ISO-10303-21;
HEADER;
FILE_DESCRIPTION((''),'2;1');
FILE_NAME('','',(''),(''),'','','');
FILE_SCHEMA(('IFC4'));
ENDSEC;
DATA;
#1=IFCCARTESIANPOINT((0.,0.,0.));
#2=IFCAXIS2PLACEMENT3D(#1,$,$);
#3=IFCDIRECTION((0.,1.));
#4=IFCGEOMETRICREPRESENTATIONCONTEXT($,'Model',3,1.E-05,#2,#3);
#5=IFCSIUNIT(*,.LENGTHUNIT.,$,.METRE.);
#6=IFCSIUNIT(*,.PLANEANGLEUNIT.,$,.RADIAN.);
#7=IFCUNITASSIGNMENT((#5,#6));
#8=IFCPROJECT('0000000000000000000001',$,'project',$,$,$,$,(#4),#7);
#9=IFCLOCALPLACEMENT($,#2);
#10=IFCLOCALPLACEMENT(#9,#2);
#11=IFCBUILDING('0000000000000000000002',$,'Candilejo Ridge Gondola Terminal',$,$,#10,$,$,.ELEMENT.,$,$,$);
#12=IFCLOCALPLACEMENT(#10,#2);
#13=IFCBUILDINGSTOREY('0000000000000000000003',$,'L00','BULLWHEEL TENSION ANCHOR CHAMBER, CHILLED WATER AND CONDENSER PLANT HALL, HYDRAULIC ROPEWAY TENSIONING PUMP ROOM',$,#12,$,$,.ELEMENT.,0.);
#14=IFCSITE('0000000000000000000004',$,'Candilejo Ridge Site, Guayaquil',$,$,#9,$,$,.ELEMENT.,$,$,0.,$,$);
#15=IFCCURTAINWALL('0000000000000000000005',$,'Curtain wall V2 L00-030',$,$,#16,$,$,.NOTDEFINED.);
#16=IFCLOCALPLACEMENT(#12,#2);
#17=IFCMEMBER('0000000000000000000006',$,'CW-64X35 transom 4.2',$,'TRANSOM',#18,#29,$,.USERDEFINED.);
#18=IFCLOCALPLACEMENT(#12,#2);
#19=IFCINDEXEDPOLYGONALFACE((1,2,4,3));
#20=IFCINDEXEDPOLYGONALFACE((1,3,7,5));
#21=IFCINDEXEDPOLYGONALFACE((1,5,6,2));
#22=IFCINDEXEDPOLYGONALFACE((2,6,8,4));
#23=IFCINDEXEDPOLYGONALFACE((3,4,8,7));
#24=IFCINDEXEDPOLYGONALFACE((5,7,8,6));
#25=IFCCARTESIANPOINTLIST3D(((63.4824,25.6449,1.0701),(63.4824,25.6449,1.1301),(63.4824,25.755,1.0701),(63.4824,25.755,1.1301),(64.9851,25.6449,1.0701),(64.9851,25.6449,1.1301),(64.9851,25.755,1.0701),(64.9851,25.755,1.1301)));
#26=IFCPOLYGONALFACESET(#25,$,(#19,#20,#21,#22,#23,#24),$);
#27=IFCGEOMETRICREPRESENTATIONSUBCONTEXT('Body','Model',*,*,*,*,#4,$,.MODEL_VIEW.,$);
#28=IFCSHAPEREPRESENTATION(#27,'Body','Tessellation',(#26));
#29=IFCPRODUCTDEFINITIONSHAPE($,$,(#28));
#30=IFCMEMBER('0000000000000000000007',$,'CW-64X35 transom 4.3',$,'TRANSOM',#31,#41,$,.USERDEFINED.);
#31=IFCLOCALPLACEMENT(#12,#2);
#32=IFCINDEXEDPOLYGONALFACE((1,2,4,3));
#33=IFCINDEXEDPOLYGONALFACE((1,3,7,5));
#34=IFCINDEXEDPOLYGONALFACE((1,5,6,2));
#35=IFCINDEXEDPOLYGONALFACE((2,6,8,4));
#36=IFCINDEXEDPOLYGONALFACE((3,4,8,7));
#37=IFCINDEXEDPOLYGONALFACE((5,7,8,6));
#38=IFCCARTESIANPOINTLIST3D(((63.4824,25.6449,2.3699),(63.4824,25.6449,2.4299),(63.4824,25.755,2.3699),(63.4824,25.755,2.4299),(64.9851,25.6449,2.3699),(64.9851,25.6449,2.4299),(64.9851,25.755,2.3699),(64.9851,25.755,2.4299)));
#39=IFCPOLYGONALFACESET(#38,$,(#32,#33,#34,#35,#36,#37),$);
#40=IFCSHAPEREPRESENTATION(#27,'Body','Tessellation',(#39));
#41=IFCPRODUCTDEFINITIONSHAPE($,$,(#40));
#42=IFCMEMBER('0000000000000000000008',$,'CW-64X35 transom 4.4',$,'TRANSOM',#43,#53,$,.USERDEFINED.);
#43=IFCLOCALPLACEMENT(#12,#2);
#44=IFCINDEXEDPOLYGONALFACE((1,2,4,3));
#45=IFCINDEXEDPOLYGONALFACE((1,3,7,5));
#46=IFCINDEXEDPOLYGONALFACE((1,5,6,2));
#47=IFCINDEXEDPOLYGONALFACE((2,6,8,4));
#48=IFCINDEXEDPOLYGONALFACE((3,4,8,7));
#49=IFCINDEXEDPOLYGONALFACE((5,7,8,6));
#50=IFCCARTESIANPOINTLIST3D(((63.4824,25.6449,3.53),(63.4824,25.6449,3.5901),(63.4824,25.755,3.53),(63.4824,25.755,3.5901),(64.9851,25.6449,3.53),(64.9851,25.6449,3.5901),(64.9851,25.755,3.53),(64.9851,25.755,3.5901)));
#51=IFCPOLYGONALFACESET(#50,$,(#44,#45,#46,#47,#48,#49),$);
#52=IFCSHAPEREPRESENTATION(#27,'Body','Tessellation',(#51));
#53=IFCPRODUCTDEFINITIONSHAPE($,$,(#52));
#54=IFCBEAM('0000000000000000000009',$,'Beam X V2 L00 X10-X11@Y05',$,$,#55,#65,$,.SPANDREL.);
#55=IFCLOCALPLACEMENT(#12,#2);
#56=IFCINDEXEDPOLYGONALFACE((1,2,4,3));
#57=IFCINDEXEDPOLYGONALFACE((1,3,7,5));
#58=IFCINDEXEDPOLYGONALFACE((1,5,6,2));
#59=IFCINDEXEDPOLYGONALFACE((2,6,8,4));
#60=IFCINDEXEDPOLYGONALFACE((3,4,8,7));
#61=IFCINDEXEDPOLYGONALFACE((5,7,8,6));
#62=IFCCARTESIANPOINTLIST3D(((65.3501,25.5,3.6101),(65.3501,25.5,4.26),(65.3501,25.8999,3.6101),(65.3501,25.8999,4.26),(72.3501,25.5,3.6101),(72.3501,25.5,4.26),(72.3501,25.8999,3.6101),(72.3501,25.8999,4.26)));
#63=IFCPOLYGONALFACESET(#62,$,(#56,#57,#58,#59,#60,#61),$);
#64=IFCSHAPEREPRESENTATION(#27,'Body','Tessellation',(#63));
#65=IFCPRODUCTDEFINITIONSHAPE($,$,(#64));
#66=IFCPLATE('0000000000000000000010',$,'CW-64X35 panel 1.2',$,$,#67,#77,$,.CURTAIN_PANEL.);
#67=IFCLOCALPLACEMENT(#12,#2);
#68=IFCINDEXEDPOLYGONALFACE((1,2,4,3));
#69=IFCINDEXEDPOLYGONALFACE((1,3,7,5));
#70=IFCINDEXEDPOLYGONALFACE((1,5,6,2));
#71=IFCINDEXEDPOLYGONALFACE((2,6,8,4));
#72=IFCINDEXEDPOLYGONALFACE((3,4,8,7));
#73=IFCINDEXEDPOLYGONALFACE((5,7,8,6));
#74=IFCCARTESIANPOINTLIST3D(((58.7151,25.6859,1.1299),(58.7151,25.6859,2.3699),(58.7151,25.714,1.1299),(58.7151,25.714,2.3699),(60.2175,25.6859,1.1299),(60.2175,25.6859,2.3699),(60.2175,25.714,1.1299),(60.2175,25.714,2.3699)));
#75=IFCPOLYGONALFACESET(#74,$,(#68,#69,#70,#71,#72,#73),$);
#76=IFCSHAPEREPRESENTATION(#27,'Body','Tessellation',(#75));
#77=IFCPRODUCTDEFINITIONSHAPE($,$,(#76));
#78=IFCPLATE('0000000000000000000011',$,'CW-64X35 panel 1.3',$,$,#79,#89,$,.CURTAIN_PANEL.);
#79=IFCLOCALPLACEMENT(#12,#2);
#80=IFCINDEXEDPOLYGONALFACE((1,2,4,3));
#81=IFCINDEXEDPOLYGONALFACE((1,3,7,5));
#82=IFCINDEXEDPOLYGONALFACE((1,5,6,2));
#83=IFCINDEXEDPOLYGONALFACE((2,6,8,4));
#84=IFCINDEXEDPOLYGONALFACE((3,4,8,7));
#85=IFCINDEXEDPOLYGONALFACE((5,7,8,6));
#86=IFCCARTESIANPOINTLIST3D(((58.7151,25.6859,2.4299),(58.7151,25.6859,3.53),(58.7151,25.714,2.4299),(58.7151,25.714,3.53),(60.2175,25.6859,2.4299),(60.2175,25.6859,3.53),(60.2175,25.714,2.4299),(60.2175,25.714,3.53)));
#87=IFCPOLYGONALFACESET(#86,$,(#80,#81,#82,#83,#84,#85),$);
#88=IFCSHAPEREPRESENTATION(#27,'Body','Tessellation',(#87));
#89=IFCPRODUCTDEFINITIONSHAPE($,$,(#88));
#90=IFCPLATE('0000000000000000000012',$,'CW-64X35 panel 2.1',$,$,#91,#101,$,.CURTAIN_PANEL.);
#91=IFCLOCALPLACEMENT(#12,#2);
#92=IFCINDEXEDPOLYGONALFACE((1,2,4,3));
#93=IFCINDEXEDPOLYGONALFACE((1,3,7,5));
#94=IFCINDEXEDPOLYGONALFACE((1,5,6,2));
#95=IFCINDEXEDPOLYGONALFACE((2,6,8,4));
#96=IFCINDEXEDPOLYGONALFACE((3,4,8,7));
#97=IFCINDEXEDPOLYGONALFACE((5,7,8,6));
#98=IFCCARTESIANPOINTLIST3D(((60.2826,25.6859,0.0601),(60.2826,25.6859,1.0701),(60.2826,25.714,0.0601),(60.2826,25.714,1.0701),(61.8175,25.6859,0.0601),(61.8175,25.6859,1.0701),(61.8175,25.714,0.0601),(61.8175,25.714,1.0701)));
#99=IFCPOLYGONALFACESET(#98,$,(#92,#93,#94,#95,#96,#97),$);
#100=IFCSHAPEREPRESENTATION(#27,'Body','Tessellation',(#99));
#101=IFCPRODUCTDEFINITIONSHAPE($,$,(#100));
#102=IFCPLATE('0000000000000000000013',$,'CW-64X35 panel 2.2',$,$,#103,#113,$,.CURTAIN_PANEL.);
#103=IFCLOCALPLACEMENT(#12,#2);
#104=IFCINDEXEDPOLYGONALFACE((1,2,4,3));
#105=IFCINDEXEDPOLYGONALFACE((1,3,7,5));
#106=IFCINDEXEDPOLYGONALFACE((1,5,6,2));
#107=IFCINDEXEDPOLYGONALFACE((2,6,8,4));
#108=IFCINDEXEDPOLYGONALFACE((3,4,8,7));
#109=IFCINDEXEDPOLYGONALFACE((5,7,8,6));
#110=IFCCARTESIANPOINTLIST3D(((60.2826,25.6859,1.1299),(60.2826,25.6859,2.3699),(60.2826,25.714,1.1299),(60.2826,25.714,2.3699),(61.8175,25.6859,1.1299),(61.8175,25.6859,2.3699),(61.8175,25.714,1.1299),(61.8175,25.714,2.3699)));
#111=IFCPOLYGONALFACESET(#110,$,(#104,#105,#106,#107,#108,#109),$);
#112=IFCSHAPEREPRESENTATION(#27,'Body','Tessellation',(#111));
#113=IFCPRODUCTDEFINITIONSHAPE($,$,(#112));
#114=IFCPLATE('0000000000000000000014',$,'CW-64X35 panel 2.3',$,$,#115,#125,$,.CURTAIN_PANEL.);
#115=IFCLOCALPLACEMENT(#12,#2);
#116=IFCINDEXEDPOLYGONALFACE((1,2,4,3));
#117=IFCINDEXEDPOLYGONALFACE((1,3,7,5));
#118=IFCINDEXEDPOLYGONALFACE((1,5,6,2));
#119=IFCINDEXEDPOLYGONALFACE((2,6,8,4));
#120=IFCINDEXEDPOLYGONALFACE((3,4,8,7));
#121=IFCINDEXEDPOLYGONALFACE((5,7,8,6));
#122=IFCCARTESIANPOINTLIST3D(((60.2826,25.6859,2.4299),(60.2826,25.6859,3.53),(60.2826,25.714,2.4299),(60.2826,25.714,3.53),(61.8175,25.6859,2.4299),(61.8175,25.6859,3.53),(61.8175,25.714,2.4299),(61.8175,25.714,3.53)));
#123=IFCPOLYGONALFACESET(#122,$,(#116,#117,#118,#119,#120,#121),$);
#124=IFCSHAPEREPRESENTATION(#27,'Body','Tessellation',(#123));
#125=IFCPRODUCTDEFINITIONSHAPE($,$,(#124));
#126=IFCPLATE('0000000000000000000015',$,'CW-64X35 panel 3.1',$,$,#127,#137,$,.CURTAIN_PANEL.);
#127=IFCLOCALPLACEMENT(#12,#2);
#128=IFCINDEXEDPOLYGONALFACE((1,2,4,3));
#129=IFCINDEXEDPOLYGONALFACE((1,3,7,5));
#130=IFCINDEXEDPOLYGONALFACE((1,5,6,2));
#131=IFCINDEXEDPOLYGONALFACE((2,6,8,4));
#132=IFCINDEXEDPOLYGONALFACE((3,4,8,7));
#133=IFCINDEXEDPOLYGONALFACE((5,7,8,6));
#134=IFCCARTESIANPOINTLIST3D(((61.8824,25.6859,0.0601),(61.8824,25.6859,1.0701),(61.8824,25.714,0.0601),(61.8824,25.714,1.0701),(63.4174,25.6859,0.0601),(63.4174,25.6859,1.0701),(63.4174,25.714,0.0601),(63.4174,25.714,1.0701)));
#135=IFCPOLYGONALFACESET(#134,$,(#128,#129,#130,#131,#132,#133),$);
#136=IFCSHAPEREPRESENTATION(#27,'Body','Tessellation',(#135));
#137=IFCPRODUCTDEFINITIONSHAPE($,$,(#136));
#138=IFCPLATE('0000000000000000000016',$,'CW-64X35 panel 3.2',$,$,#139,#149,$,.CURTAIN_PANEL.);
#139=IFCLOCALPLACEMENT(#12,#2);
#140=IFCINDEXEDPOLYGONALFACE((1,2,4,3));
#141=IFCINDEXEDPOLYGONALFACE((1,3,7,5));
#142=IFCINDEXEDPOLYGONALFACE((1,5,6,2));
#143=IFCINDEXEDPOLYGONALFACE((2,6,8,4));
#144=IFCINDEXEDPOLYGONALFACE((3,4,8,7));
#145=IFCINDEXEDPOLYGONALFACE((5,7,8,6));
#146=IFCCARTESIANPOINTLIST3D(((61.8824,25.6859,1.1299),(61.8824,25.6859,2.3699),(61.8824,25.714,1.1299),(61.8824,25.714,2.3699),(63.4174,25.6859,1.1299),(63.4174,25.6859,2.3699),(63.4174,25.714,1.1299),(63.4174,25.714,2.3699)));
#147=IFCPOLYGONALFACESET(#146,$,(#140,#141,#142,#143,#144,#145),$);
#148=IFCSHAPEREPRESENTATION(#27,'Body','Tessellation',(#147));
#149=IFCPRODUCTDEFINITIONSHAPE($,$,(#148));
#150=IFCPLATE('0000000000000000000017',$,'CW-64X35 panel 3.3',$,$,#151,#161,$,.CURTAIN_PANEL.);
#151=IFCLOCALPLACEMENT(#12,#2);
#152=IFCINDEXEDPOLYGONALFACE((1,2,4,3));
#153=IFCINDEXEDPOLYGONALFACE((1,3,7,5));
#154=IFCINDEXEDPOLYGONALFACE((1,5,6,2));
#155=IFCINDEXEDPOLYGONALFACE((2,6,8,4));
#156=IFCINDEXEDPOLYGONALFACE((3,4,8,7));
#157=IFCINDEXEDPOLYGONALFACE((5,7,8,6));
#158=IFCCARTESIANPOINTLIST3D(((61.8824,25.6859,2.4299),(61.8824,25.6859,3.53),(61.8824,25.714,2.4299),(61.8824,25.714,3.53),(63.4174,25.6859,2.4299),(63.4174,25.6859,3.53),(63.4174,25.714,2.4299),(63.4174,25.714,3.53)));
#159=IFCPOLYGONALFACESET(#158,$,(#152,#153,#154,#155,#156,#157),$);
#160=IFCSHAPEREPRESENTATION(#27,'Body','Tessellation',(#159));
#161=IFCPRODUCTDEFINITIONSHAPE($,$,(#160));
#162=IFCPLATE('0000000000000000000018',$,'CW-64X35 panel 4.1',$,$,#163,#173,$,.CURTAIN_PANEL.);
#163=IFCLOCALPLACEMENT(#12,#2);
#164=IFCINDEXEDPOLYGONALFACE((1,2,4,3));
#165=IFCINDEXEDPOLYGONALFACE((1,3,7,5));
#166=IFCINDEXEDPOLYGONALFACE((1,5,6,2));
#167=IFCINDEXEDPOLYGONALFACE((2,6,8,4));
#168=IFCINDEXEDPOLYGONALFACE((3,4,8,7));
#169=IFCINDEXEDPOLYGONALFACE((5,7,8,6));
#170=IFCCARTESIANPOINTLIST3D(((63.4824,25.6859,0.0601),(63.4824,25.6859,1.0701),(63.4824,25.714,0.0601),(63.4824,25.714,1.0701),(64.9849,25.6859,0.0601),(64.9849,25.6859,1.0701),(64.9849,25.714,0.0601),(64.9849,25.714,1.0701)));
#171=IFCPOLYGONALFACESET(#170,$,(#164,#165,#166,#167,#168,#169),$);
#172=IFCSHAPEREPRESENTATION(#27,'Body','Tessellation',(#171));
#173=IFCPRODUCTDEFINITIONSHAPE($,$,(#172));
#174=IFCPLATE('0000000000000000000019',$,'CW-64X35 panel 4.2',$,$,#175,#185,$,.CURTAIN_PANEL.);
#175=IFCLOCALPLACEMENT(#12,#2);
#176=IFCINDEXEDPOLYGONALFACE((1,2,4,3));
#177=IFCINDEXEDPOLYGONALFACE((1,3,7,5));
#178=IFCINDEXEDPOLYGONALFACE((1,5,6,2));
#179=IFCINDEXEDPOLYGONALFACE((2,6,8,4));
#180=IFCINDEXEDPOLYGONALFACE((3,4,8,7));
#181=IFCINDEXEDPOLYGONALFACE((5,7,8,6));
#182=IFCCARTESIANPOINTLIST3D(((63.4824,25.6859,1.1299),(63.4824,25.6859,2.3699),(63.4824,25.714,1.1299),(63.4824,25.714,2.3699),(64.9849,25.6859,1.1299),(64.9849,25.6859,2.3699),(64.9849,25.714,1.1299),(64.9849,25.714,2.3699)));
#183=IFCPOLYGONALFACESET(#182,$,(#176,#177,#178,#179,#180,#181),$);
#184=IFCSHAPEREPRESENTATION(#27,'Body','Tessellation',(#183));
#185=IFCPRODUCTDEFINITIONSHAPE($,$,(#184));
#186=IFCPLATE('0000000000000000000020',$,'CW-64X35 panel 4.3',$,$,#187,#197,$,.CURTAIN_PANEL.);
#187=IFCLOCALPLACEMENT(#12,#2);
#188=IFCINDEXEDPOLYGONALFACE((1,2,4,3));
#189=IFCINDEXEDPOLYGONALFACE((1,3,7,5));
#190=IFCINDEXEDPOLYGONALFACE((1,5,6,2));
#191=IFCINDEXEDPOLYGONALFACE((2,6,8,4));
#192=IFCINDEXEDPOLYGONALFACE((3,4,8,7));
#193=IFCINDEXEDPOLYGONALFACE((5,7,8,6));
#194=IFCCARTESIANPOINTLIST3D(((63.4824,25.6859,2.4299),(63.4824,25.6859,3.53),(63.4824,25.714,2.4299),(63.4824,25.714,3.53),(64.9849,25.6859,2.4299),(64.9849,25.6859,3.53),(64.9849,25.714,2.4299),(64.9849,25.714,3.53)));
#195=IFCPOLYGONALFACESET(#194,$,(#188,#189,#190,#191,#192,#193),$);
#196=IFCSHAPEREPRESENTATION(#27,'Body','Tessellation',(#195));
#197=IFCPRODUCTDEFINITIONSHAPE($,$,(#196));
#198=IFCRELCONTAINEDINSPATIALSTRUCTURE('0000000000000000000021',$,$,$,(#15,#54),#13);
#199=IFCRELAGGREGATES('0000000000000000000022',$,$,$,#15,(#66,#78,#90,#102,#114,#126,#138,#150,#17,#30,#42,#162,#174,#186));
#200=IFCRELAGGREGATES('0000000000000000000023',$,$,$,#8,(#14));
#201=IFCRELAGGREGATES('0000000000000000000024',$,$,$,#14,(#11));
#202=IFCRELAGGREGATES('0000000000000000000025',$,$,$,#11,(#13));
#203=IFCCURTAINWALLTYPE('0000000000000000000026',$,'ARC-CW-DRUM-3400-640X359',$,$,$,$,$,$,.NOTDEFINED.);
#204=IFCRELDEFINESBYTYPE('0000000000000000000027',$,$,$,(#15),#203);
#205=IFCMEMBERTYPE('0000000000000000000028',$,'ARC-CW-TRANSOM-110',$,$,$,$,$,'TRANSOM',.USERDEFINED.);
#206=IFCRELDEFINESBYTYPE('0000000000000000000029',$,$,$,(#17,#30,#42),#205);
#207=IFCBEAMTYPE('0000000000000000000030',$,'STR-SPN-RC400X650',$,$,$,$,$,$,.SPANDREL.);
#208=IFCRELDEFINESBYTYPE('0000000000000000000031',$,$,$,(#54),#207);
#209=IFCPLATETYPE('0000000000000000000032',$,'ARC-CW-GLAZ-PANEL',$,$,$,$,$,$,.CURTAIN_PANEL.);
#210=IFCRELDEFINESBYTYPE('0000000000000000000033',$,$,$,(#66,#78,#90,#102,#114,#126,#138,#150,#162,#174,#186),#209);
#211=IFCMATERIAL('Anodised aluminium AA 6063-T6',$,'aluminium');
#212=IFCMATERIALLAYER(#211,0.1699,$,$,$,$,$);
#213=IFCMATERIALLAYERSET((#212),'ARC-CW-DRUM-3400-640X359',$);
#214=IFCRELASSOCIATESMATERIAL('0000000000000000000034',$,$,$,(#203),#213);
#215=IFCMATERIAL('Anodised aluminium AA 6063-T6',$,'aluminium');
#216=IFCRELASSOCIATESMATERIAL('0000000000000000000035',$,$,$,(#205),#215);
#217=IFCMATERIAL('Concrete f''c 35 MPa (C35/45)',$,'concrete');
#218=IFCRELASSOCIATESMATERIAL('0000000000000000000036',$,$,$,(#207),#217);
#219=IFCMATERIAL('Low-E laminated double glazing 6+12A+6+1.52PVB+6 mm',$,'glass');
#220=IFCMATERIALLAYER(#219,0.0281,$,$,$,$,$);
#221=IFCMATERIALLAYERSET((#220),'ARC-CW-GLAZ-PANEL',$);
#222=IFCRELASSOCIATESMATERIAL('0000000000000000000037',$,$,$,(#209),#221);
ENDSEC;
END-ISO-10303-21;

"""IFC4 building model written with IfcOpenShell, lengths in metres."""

from ifc_helpers import new_model, si_unit, direction, frame, origin, origin_2d, place, context, subcontext, project, spatial, rectangle, extrude, material, layer, layer_set, material_profile, profile_set, type_object, element, aggregate, save


model = new_model("IFC4")

# Units and contexts
model_context = context("Model", 3, precision=1e-05, world=origin(), true_north=direction((0.0, 1.0)))
body_context = subcontext(model_context, "Body", "Model", "MODEL_VIEW")
ifc_project = project(units=[si_unit("LENGTHUNIT", "METRE"), si_unit("PLANEANGLEUNIT", "RADIAN")], contexts=[model_context])

# Site, building, storey
site_placement = place(None, origin())
site = spatial("IfcSite", under=ifc_project, at=site_placement, Name="Candilejo Ridge Site, Guayaquil", CompositionType="ELEMENT", RefElevation=0.0)
building_placement = place(site_placement, origin())
building = spatial("IfcBuilding", under=site, at=building_placement, Name="Candilejo Ridge Gondola Terminal", CompositionType="ELEMENT")
storey_placement = place(building_placement, origin())
storey = spatial("IfcBuildingStorey", under=building, at=storey_placement, Name="L00", Description="BULLWHEEL TENSION ANCHOR CHAMBER, CHILLED WATER AND CONDENSER PLANT HALL, HYDRAULIC ROPEWAY TENSIONING PUMP ROOM", CompositionType="ELEMENT", Elevation=0.0)

# Curtain wall, members
ifc_material_1 = material(Name="Anodised aluminium AA 6063-T6", Category="aluminium")
ifc_layer_1 = layer(ifc_material_1, 0.1699)
ifc_layer_set_1 = layer_set([ifc_layer_1], Name="ARC-CW-DRUM-3400-640X359")
curtain_wall_type = type_object("IfcCurtainWallType", Name="ARC-CW-DRUM-3400-640X359", PredefinedType="NOTDEFINED", material=ifc_layer_set_1)
curtain_wall_placement = place(storey_placement, origin())
curtain_wall = element("IfcCurtainWall", 1, at=curtain_wall_placement, inside=storey, type_object=curtain_wall_type, Name="Curtain wall V2 L00-030", PredefinedType="NOTDEFINED")
ifc_material_2 = material(Name="Anodised aluminium AA 6063-T6", Category="aluminium")
ifc_material_profile_1 = material_profile(ifc_material_2, rectangle(XDim=0.1101, YDim=0.0601, at=origin_2d()))
ifc_profile_set_1 = profile_set([ifc_material_profile_1], Name="Anodised aluminium AA 6063-T6")
member_type_1 = type_object("IfcMemberType", Name="ARC-CW-TRANSOM-110", ElementType="TRANSOM", PredefinedType="USERDEFINED", material=ifc_profile_set_1)
member_1_placement = place(storey_placement, frame((63.4824, 25.7, 1.1001), z_axis=(1.0, 0.0, 0.0), x_axis=(0.0, 1.0, 0.0)))
member_1 = element("IfcMember", 2, at=member_1_placement, type_object=member_type_1, Name="CW-64X35 transom 4.2", ObjectType="TRANSOM", PredefinedType="USERDEFINED", context=body_context, shape_type="SweptSolid", body=[
    extrude(rectangle(XDim=0.1101, YDim=0.0601, at=origin_2d()), origin(), (0.0, 0.0, 1.0), 1.5027),
])
member_2_placement = place(storey_placement, frame((63.4824, 25.7, 2.3999), z_axis=(1.0, 0.0, 0.0), x_axis=(0.0, 1.0, 0.0)))
member_2 = element("IfcMember", 3, at=member_2_placement, type_object=member_type_1, Name="CW-64X35 transom 4.3", ObjectType="TRANSOM", PredefinedType="USERDEFINED", context=body_context, shape_type="SweptSolid", body=[
    extrude(rectangle(XDim=0.1101, YDim=0.0601, at=origin_2d()), origin(), (0.0, 0.0, 1.0), 1.5027),
])
member_3_placement = place(storey_placement, frame((63.4824, 25.7, 3.5601), z_axis=(1.0, 0.0, 0.0), x_axis=(0.0, 1.0, 0.0)))
member_3 = element("IfcMember", 4, at=member_3_placement, type_object=member_type_1, Name="CW-64X35 transom 4.4", ObjectType="TRANSOM", PredefinedType="USERDEFINED", context=body_context, shape_type="SweptSolid", body=[
    extrude(rectangle(XDim=0.1101, YDim=0.0601, at=origin_2d()), origin(), (0.0, 0.0, 1.0), 1.5027),
])

# Beam
ifc_material_3 = material(Name="Concrete f'c 35 MPa (C35/45)", Category="concrete")
ifc_material_profile_2 = material_profile(ifc_material_3, rectangle(XDim=0.3999, YDim=0.6499, at=origin_2d()))
ifc_profile_set_2 = profile_set([ifc_material_profile_2], Name="Concrete f'c 35 MPa (C35/45)")
beam_type = type_object("IfcBeamType", Name="STR-SPN-RC400X650", PredefinedType="SPANDREL", material=ifc_profile_set_2)
beam_placement = place(storey_placement, frame((65.3501, 25.7, 3.9351), z_axis=(1.0, 0.0, 0.0), x_axis=(0.0, 1.0, 0.0)))
element("IfcBeam", 5, at=beam_placement, inside=storey, type_object=beam_type, Name="Beam X V2 L00 X10-X11@Y05", PredefinedType="SPANDREL", context=body_context, shape_type="SweptSolid", body=[
    extrude(rectangle(XDim=0.3999, YDim=0.6499, at=origin_2d()), origin(), (0.0, 0.0, 1.0), 7.0),
])

# Plates
ifc_material_4 = material(Name="Low-E laminated double glazing 6+12A+6+1.52PVB+6 mm", Category="glass")
ifc_layer_2 = layer(ifc_material_4, 0.0281)
ifc_layer_set_2 = layer_set([ifc_layer_2], Name="ARC-CW-GLAZ-PANEL")
plate_type = type_object("IfcPlateType", Name="ARC-CW-GLAZ-PANEL", PredefinedType="CURTAIN_PANEL", material=ifc_layer_set_2)
plate_1_placement = place(storey_placement, frame((59.4663, 25.7, 1.1299), z_axis=(0.0, 0.0, 1.0), x_axis=(1.0, 0.0, 0.0)))
plate_1 = element("IfcPlate", 6, at=plate_1_placement, type_object=plate_type, Name="CW-64X35 panel 1.2", PredefinedType="CURTAIN_PANEL", context=body_context, shape_type="SweptSolid", body=[
    extrude(rectangle(XDim=1.5024, YDim=0.0281, at=origin_2d()), origin(), (0.0, 0.0, 1.0), 1.24),
])
plate_2_placement = place(storey_placement, frame((59.4663, 25.7, 2.4299), z_axis=(0.0, 0.0, 1.0), x_axis=(1.0, 0.0, 0.0)))
plate_2 = element("IfcPlate", 7, at=plate_2_placement, type_object=plate_type, Name="CW-64X35 panel 1.3", PredefinedType="CURTAIN_PANEL", context=body_context, shape_type="SweptSolid", body=[
    extrude(rectangle(XDim=1.5024, YDim=0.0281, at=origin_2d()), origin(), (0.0, 0.0, 1.0), 1.1001),
])
plate_3_placement = place(storey_placement, frame((61.05, 25.7, 0.0601), z_axis=(0.0, 0.0, 1.0), x_axis=(1.0, 0.0, 0.0)))
plate_3 = element("IfcPlate", 8, at=plate_3_placement, type_object=plate_type, Name="CW-64X35 panel 2.1", PredefinedType="CURTAIN_PANEL", context=body_context, shape_type="SweptSolid", body=[
    extrude(rectangle(XDim=1.5349, YDim=0.0281, at=origin_2d()), origin(), (0.0, 0.0, 1.0), 1.01),
])
plate_4_placement = place(storey_placement, frame((61.05, 25.7, 1.1299), z_axis=(0.0, 0.0, 1.0), x_axis=(1.0, 0.0, 0.0)))
plate_4 = element("IfcPlate", 9, at=plate_4_placement, type_object=plate_type, Name="CW-64X35 panel 2.2", PredefinedType="CURTAIN_PANEL", context=body_context, shape_type="SweptSolid", body=[
    extrude(rectangle(XDim=1.5349, YDim=0.0281, at=origin_2d()), origin(), (0.0, 0.0, 1.0), 1.24),
])
plate_5_placement = place(storey_placement, frame((61.05, 25.7, 2.4299), z_axis=(0.0, 0.0, 1.0), x_axis=(1.0, 0.0, 0.0)))
plate_5 = element("IfcPlate", 10, at=plate_5_placement, type_object=plate_type, Name="CW-64X35 panel 2.3", PredefinedType="CURTAIN_PANEL", context=body_context, shape_type="SweptSolid", body=[
    extrude(rectangle(XDim=1.5349, YDim=0.0281, at=origin_2d()), origin(), (0.0, 0.0, 1.0), 1.1001),
])
plate_6_placement = place(storey_placement, frame((62.6499, 25.7, 0.0601), z_axis=(0.0, 0.0, 1.0), x_axis=(1.0, 0.0, 0.0)))
plate_6 = element("IfcPlate", 11, at=plate_6_placement, type_object=plate_type, Name="CW-64X35 panel 3.1", PredefinedType="CURTAIN_PANEL", context=body_context, shape_type="SweptSolid", body=[
    extrude(rectangle(XDim=1.5349, YDim=0.0281, at=origin_2d()), origin(), (0.0, 0.0, 1.0), 1.01),
])
plate_7_placement = place(storey_placement, frame((62.6499, 25.7, 1.1299), z_axis=(0.0, 0.0, 1.0), x_axis=(1.0, 0.0, 0.0)))
plate_7 = element("IfcPlate", 12, at=plate_7_placement, type_object=plate_type, Name="CW-64X35 panel 3.2", PredefinedType="CURTAIN_PANEL", context=body_context, shape_type="SweptSolid", body=[
    extrude(rectangle(XDim=1.5349, YDim=0.0281, at=origin_2d()), origin(), (0.0, 0.0, 1.0), 1.24),
])
plate_8_placement = place(storey_placement, frame((62.6499, 25.7, 2.4299), z_axis=(0.0, 0.0, 1.0), x_axis=(1.0, 0.0, 0.0)))
plate_8 = element("IfcPlate", 13, at=plate_8_placement, type_object=plate_type, Name="CW-64X35 panel 3.3", PredefinedType="CURTAIN_PANEL", context=body_context, shape_type="SweptSolid", body=[
    extrude(rectangle(XDim=1.5349, YDim=0.0281, at=origin_2d()), origin(), (0.0, 0.0, 1.0), 1.1001),
])
plate_9_placement = place(storey_placement, frame((64.2336, 25.7, 0.0601), z_axis=(0.0, 0.0, 1.0), x_axis=(1.0, 0.0, 0.0)))
plate_9 = element("IfcPlate", 14, at=plate_9_placement, type_object=plate_type, Name="CW-64X35 panel 4.1", PredefinedType="CURTAIN_PANEL", context=body_context, shape_type="SweptSolid", body=[
    extrude(rectangle(XDim=1.5024, YDim=0.0281, at=origin_2d()), origin(), (0.0, 0.0, 1.0), 1.01),
])
plate_10_placement = place(storey_placement, frame((64.2336, 25.7, 1.1299), z_axis=(0.0, 0.0, 1.0), x_axis=(1.0, 0.0, 0.0)))
plate_10 = element("IfcPlate", 15, at=plate_10_placement, type_object=plate_type, Name="CW-64X35 panel 4.2", PredefinedType="CURTAIN_PANEL", context=body_context, shape_type="SweptSolid", body=[
    extrude(rectangle(XDim=1.5024, YDim=0.0281, at=origin_2d()), origin(), (0.0, 0.0, 1.0), 1.24),
])
plate_11_placement = place(storey_placement, frame((64.2336, 25.7, 2.4299), z_axis=(0.0, 0.0, 1.0), x_axis=(1.0, 0.0, 0.0)))
plate_11 = element("IfcPlate", 16, at=plate_11_placement, type_object=plate_type, Name="CW-64X35 panel 4.3", PredefinedType="CURTAIN_PANEL", context=body_context, shape_type="SweptSolid", body=[
    extrude(rectangle(XDim=1.5024, YDim=0.0281, at=origin_2d()), origin(), (0.0, 0.0, 1.0), 1.1001),
])
aggregate(curtain_wall, [plate_1, plate_2, plate_3, plate_4, plate_5, plate_6, plate_7, plate_8, member_1, member_2, member_3, plate_9, plate_10, plate_11])

save(model, "model.ifc")
